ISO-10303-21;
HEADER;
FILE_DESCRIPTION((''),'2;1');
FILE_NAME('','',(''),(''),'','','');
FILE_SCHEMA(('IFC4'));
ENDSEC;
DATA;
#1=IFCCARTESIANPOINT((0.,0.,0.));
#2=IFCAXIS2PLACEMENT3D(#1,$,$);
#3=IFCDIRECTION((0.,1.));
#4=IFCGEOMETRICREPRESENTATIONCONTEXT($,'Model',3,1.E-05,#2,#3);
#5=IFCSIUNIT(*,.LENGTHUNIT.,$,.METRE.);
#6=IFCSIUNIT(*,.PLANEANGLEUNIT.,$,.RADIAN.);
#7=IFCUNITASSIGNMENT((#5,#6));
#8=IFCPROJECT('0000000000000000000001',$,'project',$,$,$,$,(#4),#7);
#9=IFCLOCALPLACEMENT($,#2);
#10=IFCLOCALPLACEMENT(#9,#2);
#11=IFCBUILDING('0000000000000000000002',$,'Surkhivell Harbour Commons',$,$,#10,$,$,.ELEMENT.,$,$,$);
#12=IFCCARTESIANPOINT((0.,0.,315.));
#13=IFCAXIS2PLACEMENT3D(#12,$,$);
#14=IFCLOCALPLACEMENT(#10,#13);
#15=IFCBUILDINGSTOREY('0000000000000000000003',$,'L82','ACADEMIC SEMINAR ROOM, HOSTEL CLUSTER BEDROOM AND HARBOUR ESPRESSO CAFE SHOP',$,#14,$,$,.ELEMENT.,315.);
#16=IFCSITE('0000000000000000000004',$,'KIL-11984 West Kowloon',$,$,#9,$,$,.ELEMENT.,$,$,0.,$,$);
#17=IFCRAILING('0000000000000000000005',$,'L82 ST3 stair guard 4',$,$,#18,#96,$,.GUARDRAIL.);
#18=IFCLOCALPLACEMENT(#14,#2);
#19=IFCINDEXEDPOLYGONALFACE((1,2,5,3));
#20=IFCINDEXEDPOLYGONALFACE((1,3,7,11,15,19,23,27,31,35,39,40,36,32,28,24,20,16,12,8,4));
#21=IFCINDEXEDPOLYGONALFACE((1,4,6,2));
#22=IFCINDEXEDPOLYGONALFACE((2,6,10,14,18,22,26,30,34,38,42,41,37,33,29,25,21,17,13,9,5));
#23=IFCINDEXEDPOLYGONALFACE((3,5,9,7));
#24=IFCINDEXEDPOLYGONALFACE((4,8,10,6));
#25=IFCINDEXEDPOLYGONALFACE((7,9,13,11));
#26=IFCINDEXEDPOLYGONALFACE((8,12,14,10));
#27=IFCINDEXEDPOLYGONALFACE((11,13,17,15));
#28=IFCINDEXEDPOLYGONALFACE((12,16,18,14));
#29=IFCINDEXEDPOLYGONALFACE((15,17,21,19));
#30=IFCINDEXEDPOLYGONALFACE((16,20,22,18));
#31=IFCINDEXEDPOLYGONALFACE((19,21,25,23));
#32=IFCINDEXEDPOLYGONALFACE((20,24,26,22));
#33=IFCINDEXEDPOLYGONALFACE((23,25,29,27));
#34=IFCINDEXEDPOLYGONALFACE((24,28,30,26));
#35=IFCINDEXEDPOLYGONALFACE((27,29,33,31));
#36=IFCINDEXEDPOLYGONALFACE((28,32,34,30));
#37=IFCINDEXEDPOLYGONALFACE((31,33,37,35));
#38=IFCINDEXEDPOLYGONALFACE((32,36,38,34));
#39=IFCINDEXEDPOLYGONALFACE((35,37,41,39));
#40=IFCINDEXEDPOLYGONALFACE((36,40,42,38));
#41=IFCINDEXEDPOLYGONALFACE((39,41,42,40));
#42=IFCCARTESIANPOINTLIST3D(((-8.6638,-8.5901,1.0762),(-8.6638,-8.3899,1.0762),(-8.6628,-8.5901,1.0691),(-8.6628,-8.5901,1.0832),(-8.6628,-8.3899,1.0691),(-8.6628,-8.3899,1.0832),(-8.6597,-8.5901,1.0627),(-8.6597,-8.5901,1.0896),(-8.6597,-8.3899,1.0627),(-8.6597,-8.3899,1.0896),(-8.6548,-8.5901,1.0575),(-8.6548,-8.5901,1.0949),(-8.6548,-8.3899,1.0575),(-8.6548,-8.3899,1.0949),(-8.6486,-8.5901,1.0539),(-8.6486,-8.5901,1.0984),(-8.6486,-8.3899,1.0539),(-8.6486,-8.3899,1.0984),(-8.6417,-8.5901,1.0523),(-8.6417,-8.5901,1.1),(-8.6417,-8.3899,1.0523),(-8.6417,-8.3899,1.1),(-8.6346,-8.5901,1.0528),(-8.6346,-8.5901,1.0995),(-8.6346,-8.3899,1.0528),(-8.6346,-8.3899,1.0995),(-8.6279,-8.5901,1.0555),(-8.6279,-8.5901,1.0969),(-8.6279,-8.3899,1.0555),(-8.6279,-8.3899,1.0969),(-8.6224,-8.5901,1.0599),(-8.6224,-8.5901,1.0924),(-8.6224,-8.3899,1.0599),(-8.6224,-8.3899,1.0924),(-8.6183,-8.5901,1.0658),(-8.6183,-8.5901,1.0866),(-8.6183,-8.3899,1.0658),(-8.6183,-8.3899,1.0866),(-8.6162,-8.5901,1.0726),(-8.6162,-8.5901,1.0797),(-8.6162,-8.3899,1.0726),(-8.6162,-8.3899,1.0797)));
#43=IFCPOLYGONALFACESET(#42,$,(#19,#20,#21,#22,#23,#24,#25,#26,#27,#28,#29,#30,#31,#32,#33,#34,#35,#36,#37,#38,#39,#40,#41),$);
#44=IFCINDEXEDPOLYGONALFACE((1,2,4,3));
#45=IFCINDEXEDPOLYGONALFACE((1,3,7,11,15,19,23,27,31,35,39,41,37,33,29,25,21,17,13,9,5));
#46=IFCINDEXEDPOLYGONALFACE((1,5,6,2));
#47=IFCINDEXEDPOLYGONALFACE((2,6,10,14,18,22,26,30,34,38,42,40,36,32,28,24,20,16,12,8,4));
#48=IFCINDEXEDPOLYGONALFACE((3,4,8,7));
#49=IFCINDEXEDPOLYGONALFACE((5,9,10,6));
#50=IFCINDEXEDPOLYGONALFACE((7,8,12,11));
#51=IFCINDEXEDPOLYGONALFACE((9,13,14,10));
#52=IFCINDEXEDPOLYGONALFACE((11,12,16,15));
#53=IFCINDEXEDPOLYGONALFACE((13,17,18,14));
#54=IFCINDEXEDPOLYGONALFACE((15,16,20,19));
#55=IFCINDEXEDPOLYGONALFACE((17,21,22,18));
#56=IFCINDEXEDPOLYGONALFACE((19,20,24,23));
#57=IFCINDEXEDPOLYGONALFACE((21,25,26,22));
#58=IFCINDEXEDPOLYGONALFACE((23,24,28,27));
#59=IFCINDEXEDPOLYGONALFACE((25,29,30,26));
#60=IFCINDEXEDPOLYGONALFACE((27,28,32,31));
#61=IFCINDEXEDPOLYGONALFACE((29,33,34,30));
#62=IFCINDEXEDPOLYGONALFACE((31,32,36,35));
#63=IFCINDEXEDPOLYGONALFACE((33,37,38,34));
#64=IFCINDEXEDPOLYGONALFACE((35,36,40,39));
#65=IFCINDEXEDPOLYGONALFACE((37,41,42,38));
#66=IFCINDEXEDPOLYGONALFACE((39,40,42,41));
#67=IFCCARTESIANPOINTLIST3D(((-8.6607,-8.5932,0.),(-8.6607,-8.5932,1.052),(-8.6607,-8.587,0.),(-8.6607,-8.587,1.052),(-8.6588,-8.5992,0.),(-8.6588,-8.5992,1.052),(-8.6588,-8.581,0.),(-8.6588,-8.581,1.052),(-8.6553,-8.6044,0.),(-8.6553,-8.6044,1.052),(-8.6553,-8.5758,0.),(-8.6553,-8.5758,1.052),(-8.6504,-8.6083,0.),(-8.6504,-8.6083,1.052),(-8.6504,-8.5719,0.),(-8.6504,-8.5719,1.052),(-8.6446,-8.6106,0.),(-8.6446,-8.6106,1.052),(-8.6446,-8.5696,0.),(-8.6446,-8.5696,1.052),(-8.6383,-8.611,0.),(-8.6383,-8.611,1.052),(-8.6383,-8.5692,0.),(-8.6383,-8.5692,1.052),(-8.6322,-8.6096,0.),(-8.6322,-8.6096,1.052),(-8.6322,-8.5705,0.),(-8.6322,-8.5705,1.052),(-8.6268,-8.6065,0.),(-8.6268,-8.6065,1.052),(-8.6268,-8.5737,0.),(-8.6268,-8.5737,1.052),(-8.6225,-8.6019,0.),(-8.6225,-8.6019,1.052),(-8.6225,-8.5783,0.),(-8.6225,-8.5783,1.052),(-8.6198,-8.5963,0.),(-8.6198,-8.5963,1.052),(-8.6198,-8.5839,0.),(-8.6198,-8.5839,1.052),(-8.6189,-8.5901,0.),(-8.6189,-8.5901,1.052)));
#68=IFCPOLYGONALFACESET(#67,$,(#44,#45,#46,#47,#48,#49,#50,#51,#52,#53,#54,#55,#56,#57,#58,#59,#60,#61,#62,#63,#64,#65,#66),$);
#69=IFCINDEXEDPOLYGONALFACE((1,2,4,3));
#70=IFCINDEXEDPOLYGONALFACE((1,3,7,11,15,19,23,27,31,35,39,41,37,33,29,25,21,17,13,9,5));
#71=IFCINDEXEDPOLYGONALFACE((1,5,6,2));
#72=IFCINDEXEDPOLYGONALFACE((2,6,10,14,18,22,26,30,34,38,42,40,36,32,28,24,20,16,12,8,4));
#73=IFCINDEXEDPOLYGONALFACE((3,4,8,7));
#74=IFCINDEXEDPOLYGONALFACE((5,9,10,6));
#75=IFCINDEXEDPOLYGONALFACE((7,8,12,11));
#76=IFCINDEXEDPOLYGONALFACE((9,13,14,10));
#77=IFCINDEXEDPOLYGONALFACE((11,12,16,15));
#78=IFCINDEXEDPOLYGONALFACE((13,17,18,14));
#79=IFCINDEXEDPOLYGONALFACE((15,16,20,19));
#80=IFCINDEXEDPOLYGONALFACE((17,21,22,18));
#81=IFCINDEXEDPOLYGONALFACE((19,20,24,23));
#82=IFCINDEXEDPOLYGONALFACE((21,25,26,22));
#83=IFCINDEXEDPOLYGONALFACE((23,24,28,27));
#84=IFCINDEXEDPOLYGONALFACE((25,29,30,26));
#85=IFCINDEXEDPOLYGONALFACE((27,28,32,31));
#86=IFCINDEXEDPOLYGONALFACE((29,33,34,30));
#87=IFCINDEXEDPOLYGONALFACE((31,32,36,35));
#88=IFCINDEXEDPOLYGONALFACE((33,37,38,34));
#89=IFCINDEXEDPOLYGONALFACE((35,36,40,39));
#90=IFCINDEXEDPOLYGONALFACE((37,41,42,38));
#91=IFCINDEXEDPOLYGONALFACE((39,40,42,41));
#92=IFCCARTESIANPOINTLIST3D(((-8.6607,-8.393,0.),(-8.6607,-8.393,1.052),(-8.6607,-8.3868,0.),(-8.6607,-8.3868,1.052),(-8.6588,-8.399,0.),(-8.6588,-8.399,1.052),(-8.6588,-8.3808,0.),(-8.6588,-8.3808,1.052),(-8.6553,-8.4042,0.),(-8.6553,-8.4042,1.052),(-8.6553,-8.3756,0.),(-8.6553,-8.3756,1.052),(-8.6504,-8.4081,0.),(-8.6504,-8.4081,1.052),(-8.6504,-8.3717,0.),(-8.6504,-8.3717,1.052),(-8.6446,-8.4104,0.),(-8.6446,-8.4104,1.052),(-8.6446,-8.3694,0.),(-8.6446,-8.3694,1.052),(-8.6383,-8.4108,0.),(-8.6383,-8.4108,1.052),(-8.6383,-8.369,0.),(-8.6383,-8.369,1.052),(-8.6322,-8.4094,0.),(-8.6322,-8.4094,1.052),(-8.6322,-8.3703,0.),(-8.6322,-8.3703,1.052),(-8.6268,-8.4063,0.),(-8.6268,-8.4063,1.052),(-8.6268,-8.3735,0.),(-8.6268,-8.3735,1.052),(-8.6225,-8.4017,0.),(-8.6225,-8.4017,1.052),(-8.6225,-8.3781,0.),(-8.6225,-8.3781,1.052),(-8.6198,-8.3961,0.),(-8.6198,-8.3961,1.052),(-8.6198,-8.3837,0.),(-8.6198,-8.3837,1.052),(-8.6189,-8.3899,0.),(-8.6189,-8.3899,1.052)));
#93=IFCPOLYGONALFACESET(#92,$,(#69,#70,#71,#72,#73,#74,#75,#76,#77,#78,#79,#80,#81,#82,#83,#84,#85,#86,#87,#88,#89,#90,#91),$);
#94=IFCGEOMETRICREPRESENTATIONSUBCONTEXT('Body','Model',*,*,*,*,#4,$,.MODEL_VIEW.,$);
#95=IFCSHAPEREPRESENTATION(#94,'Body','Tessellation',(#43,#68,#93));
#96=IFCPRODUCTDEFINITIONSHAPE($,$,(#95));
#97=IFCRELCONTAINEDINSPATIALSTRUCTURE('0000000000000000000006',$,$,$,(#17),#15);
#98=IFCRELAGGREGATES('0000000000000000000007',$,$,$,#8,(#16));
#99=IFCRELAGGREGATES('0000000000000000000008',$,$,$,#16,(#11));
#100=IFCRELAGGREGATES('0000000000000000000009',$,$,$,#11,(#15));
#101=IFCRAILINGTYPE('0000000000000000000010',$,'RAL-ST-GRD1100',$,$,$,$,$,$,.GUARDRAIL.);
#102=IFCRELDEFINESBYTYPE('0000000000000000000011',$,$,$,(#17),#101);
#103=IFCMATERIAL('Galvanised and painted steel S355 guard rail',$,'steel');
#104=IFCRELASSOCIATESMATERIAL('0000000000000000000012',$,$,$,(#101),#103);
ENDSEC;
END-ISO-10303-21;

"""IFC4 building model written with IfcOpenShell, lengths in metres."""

from ifc_helpers import new_model, si_unit, direction, frame, origin, origin_2d, place, context, subcontext, project, spatial, circle, extrude, material, type_object, element, save


model = new_model("IFC4")

# Units and contexts
model_context = context("Model", 3, precision=1e-05, world=origin(), true_north=direction((0.0, 1.0)))
body_context = subcontext(model_context, "Body", "Model", "MODEL_VIEW")
ifc_project = project(units=[si_unit("LENGTHUNIT", "METRE"), si_unit("PLANEANGLEUNIT", "RADIAN")], contexts=[model_context])

# Site, building, storey
site_placement = place(None, origin())
site = spatial("IfcSite", under=ifc_project, at=site_placement, Name="KIL-11984 West Kowloon", CompositionType="ELEMENT", RefElevation=0.0)
building_placement = place(site_placement, origin())
building = spatial("IfcBuilding", under=site, at=building_placement, Name="Surkhivell Harbour Commons", CompositionType="ELEMENT")
storey_placement = place(building_placement, frame((0.0, 0.0, 315.0)))
storey = spatial("IfcBuildingStorey", under=building, at=storey_placement, Name="L82", Description="ACADEMIC SEMINAR ROOM, HOSTEL CLUSTER BEDROOM AND HARBOUR ESPRESSO CAFE SHOP", CompositionType="ELEMENT", Elevation=315.0)

# Railing
ifc_material_1 = material(Name="Galvanised and painted steel S355 guard rail", Category="steel")
railing_type_1 = type_object("IfcRailingType", Name="RAL-ST-GRD1100", PredefinedType="GUARDRAIL", material=ifc_material_1)
railing_1_placement = place(storey_placement, frame((-8.6399, -8.5901, 0.0)))
element("IfcRailing", 1, at=railing_1_placement, inside=storey, type_object=railing_type_1, Name="L82 ST3 stair guard 4", PredefinedType="GUARDRAIL", context=body_context, shape_type="SweptSolid", body=[
    extrude(circle(Radius=0.0239, at=origin_2d()), frame((0.0, 0.0, 1.0762), z_axis=(0.0, 1.0, 0.0), x_axis=(-1.0, 0.0, 0.0)), (0.0, 0.0, 1.0), 0.2002),
    extrude(circle(Radius=0.021, at=origin_2d()), origin(), (0.0, 0.0, 1.0), 1.052),
    extrude(circle(Radius=0.021, at=origin_2d()), frame((0.0, 0.2002, 0.0)), (0.0, 0.0, 1.0), 1.052),
])

save(model, "model.ifc")
